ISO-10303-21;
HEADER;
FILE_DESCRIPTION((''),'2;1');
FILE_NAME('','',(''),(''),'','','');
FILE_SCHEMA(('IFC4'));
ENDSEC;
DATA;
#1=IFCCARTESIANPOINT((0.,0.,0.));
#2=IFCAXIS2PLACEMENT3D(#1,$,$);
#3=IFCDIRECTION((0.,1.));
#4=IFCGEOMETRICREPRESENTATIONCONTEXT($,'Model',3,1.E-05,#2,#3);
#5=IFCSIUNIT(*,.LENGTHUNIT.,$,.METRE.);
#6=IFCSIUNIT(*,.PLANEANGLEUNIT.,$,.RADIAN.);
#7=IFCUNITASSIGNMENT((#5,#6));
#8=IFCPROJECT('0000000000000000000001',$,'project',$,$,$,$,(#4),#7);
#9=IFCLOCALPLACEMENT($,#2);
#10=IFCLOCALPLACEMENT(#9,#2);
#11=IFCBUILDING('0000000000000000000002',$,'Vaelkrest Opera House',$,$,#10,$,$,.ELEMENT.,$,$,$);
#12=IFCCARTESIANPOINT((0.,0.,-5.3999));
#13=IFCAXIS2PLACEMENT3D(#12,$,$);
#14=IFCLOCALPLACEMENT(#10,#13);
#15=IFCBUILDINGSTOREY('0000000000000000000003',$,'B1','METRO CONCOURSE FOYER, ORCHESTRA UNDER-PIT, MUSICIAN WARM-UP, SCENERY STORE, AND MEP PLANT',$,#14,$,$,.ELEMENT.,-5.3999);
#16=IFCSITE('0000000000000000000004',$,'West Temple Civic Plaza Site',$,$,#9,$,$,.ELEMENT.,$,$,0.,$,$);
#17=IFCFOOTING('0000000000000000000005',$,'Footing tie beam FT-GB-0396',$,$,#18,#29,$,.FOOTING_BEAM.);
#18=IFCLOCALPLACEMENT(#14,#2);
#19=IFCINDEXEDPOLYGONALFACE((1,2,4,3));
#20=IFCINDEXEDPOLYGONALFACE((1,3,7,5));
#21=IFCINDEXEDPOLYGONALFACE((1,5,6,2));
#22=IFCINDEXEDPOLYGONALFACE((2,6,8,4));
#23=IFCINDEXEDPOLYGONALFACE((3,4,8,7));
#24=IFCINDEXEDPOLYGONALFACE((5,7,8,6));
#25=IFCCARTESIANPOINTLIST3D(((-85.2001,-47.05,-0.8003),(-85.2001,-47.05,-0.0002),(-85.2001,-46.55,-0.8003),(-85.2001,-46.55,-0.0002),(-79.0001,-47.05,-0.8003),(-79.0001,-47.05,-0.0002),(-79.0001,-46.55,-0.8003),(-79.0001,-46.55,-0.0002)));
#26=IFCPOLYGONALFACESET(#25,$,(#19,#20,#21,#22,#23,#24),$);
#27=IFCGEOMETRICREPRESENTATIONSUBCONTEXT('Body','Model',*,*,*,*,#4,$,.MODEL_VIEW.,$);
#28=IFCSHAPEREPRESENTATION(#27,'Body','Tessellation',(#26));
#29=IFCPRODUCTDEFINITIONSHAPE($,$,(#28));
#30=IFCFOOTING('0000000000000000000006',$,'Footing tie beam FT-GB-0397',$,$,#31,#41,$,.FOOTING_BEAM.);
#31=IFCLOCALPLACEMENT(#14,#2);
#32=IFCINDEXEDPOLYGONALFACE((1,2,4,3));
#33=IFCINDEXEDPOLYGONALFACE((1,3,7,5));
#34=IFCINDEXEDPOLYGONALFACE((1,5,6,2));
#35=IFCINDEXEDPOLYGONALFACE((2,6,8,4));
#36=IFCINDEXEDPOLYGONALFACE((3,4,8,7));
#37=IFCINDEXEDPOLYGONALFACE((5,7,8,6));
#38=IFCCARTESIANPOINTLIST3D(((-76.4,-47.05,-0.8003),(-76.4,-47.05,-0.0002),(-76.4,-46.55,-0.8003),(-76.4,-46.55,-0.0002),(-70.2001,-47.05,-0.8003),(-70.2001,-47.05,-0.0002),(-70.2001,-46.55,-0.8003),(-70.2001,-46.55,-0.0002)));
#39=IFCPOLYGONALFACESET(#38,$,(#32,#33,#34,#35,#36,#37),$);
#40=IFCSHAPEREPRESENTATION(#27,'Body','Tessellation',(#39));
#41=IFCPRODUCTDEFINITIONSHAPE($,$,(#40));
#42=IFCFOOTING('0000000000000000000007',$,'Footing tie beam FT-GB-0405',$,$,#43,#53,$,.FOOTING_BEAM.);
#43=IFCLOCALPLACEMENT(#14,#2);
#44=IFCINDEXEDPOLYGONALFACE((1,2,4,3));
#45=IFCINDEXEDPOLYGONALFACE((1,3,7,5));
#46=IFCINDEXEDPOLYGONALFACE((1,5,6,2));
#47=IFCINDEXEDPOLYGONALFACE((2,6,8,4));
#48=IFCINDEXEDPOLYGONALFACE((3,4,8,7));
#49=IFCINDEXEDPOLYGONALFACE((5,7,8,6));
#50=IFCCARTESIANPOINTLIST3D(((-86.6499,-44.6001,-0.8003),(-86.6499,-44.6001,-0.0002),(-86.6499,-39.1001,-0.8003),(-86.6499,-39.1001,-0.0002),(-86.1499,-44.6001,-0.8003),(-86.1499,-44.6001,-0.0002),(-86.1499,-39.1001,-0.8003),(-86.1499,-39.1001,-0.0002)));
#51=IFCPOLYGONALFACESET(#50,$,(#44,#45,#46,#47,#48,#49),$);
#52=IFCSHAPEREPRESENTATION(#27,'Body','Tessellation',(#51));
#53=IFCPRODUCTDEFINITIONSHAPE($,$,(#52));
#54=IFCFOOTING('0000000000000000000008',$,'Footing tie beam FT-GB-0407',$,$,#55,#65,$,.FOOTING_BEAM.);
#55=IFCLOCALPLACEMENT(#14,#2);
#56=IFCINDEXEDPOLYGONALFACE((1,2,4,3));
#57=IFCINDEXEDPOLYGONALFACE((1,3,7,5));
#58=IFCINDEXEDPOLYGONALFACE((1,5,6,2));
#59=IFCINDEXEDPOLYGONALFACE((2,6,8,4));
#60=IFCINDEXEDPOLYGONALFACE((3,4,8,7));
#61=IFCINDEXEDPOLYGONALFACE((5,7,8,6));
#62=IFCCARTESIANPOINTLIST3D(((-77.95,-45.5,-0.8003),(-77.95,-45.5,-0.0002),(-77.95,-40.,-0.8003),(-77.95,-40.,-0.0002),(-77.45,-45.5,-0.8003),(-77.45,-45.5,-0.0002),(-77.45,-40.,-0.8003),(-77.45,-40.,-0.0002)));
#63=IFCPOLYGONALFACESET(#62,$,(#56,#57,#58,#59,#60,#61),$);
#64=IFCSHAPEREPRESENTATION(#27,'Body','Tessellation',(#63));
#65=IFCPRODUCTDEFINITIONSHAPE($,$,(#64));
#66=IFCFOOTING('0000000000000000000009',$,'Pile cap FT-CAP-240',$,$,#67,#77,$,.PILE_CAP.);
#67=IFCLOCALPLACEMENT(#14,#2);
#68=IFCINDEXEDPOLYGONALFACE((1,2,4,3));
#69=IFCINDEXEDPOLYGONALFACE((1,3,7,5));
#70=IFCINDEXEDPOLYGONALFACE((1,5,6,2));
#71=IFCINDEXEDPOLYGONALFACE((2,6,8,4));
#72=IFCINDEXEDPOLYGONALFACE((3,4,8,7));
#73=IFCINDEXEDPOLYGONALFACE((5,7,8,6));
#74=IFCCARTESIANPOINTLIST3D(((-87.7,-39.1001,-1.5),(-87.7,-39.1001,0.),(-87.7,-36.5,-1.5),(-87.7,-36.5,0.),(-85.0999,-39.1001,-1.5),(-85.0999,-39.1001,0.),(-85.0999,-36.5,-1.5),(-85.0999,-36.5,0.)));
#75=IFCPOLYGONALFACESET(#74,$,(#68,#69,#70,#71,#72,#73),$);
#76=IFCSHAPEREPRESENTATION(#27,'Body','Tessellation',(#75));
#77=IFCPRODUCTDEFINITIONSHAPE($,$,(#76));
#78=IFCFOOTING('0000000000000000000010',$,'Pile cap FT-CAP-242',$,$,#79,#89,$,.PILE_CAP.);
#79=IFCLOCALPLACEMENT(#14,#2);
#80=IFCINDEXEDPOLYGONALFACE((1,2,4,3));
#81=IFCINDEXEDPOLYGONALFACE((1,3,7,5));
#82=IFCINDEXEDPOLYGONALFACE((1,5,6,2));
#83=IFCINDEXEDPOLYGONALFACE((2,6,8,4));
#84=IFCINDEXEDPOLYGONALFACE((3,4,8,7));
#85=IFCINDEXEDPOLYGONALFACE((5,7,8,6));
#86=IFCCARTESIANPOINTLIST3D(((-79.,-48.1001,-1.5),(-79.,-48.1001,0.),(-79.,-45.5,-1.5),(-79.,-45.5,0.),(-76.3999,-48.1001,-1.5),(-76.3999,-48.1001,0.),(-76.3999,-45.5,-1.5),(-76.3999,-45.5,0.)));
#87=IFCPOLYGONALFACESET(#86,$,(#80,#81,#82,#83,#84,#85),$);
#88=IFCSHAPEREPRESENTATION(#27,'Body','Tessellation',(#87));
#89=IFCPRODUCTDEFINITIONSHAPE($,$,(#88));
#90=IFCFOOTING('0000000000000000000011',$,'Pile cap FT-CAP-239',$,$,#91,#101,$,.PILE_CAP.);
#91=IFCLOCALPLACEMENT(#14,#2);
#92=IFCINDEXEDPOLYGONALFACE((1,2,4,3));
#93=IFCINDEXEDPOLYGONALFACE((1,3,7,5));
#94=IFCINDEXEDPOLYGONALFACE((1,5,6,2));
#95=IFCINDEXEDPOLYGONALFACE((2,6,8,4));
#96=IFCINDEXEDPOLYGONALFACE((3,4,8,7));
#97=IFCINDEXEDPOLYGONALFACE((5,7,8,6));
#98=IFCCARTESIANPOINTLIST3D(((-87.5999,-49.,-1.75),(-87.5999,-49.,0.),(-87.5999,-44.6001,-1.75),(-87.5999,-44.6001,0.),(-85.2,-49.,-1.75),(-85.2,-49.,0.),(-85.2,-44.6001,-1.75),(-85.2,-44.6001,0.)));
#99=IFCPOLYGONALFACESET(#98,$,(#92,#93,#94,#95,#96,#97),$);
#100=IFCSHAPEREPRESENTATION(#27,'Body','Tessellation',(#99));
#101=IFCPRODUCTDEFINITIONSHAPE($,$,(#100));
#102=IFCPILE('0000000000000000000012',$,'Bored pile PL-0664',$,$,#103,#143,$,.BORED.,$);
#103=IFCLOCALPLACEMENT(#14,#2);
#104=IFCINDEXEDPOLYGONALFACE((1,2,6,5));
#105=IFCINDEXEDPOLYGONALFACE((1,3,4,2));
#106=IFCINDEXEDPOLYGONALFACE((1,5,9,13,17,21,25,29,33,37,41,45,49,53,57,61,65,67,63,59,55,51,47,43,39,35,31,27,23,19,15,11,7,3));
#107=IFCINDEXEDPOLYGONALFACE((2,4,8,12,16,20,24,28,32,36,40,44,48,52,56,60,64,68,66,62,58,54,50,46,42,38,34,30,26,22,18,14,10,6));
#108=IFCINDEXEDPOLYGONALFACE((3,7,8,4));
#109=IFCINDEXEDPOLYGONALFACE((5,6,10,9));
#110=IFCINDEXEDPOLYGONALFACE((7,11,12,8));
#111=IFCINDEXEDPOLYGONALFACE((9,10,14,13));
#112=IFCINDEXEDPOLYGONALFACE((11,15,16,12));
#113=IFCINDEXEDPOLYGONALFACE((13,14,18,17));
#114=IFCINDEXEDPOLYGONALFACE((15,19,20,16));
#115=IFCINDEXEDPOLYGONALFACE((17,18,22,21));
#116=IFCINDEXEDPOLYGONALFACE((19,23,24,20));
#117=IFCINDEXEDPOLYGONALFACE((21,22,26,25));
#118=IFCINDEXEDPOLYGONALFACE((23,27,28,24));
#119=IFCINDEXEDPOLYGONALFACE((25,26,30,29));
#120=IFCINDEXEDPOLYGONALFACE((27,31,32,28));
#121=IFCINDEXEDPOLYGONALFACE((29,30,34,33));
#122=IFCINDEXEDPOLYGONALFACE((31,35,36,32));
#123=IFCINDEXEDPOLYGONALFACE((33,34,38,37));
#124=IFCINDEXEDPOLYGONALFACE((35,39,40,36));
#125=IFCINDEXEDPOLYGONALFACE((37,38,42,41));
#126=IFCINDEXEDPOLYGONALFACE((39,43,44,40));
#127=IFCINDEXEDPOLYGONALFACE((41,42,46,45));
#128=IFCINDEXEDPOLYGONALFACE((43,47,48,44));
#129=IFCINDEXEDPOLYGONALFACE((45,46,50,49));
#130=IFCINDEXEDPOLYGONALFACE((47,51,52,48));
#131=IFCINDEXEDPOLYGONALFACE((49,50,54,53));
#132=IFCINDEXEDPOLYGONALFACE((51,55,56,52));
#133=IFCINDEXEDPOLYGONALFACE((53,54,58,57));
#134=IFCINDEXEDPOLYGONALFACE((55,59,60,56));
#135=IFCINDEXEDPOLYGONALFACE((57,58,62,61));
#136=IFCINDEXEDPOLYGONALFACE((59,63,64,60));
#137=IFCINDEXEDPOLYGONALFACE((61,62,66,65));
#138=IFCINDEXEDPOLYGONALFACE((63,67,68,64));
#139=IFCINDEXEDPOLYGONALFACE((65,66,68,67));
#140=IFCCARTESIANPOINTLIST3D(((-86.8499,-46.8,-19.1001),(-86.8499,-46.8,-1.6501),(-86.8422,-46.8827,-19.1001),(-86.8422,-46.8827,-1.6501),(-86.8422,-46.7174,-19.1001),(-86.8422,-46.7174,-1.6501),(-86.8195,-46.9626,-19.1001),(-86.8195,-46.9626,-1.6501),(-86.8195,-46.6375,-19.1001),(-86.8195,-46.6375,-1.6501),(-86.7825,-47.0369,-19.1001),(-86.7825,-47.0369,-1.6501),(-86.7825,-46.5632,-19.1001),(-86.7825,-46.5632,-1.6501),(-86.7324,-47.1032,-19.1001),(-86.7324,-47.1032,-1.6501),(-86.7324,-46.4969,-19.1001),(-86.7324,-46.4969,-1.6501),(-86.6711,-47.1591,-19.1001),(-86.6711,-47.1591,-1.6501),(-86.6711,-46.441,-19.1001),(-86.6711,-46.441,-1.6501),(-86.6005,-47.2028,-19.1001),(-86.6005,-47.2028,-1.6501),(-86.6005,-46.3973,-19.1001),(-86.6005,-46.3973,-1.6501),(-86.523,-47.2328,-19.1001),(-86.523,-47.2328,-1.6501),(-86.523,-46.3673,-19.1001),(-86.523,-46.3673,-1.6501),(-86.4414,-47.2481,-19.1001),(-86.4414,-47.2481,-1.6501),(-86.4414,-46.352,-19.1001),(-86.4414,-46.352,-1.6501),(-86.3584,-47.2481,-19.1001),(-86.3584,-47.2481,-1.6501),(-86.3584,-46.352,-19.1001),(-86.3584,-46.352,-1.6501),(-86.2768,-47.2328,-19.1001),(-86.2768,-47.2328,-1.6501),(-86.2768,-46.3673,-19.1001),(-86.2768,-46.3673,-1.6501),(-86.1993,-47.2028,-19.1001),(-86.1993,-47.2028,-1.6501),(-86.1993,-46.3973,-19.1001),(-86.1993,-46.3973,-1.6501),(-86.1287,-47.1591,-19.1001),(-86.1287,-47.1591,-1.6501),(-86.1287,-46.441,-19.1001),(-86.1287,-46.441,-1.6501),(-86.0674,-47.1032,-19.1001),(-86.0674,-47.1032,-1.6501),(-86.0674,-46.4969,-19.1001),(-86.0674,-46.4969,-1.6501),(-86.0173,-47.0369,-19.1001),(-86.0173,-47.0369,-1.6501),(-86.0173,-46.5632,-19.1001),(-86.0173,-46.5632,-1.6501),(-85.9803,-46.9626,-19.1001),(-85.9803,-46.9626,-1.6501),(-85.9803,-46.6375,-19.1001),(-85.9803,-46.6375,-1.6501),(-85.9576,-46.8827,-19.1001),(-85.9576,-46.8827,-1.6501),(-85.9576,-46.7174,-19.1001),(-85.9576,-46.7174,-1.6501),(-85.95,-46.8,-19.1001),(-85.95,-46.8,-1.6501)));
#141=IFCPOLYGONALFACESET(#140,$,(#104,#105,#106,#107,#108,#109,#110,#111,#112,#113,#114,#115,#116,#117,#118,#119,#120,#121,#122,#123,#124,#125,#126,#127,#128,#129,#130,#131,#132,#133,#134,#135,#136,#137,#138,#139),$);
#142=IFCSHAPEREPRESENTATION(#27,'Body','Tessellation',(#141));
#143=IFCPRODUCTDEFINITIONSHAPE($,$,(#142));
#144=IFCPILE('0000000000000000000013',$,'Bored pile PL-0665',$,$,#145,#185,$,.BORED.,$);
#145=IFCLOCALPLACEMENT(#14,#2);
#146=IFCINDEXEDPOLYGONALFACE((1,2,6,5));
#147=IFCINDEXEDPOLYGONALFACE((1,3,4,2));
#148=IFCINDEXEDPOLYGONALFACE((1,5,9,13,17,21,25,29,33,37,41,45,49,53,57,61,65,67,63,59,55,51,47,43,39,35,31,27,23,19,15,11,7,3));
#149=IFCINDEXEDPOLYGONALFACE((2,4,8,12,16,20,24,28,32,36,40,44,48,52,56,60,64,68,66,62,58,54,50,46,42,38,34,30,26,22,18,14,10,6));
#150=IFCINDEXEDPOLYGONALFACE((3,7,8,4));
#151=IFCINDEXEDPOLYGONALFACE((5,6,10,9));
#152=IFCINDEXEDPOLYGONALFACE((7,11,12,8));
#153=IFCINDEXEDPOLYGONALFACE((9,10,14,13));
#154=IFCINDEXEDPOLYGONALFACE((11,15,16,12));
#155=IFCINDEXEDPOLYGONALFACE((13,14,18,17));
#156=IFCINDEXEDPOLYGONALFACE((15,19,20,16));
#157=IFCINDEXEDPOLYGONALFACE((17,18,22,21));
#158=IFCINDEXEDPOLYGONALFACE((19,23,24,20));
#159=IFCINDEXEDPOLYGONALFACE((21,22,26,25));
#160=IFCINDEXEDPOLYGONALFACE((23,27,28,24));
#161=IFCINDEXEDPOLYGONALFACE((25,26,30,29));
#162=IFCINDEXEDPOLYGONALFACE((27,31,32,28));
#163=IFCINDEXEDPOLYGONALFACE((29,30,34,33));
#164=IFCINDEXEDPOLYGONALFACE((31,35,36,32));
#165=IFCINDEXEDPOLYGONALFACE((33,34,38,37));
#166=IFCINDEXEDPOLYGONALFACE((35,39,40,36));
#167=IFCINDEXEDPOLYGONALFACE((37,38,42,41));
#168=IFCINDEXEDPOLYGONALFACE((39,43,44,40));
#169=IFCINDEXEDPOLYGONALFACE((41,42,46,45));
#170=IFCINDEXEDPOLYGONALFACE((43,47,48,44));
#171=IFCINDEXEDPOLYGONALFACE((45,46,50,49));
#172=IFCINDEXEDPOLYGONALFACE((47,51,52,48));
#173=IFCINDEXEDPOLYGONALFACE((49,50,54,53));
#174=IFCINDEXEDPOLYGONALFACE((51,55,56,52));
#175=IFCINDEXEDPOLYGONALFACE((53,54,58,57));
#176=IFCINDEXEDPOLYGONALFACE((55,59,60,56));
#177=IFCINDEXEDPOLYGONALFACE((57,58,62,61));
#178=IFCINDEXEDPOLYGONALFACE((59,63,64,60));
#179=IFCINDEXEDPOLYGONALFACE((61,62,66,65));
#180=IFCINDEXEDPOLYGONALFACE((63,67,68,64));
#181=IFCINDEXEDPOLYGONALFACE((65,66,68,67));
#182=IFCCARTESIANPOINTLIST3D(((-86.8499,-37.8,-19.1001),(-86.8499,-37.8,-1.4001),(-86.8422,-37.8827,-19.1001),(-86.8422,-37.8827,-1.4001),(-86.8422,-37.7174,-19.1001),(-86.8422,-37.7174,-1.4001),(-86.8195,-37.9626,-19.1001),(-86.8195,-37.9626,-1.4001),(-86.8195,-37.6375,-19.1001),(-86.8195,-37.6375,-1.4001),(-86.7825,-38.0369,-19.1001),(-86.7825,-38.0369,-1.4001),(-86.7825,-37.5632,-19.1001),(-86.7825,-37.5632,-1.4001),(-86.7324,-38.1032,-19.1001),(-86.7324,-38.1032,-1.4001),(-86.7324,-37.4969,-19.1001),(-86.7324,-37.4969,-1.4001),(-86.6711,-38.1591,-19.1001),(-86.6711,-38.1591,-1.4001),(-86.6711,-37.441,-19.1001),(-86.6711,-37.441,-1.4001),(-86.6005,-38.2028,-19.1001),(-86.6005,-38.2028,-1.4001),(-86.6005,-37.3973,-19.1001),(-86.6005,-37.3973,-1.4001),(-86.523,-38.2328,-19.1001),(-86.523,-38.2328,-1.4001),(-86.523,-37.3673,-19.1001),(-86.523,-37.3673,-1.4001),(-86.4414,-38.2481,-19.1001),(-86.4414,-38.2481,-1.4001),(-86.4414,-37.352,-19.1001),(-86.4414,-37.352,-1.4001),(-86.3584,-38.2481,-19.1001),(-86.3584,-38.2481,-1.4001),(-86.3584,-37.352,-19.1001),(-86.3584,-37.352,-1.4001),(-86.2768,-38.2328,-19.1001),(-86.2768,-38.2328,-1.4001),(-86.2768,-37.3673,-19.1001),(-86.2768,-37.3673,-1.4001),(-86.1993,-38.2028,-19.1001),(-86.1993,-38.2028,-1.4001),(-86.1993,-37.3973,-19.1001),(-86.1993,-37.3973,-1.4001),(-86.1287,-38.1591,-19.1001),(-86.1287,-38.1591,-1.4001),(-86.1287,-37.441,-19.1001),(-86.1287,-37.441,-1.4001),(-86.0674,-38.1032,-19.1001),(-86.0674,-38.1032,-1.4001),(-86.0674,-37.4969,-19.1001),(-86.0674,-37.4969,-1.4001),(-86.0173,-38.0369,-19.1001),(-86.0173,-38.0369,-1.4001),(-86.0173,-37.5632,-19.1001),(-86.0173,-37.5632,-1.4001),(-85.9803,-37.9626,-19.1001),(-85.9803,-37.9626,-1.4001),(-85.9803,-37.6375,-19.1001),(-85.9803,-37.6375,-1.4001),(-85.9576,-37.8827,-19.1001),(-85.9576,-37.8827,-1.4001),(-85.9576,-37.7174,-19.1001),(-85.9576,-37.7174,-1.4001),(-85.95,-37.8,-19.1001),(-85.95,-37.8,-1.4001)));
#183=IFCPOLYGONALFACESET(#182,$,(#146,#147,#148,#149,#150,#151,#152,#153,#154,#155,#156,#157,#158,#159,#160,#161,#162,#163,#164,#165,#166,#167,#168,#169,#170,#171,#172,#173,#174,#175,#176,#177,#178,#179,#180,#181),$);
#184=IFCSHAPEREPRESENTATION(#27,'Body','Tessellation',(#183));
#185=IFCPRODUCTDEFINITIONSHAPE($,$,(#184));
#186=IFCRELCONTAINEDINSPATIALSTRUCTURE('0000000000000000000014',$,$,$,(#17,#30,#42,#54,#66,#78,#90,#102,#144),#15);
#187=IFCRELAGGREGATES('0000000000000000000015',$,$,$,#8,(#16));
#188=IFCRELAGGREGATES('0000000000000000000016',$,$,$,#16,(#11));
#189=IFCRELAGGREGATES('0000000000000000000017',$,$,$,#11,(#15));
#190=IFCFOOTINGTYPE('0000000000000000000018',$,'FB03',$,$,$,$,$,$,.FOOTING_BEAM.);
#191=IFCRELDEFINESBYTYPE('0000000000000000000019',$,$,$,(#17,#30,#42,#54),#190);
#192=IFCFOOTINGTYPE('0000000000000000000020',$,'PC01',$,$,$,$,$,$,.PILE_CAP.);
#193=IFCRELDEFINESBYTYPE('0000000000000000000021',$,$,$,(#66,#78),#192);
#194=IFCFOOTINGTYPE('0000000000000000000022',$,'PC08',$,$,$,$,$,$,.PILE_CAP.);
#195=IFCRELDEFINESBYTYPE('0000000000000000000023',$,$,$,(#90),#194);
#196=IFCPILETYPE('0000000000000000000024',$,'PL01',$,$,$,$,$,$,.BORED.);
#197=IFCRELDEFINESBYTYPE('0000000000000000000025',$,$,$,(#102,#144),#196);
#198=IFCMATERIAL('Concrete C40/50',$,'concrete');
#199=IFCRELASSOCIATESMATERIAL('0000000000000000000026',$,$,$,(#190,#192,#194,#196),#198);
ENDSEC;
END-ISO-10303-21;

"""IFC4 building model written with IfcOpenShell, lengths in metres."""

from ifc_helpers import new_model, si_unit, direction, frame, origin, origin_2d, place, context, subcontext, project, spatial, rectangle, circle, extrude, material, material_profile, profile_set, type_object, element, save


model = new_model("IFC4")

# Units and contexts
model_context = context("Model", 3, precision=1e-05, world=origin(), true_north=direction((0.0, 1.0)))
body_context = subcontext(model_context, "Body", "Model", "MODEL_VIEW")
ifc_project = project(units=[si_unit("LENGTHUNIT", "METRE"), si_unit("PLANEANGLEUNIT", "RADIAN")], contexts=[model_context])

# Site, building, storey
site_placement = place(None, origin())
site = spatial("IfcSite", under=ifc_project, at=site_placement, Name="West Temple Civic Plaza Site", CompositionType="ELEMENT", RefElevation=0.0)
building_placement = place(site_placement, origin())
building = spatial("IfcBuilding", under=site, at=building_placement, Name="Vaelkrest Opera House", CompositionType="ELEMENT")
storey_placement = place(building_placement, frame((0.0, 0.0, -5.3999)))
storey = spatial("IfcBuildingStorey", under=building, at=storey_placement, Name="B1", Description="METRO CONCOURSE FOYER, ORCHESTRA UNDER-PIT, MUSICIAN WARM-UP, SCENERY STORE, AND MEP PLANT", CompositionType="ELEMENT", Elevation=-5.3999)

# Footings
ifc_material_1 = material(Name="Concrete C40/50", Category="concrete")
footing_type_1 = type_object("IfcFootingType", Name="FB03", PredefinedType="FOOTING_BEAM", material=ifc_material_1)
for number, where, z_axis, x_axis, name in (
    (1, (-82.1001, -46.8, -0.8003), (0.0, 0.0, 1.0), (1.0, 0.0, 0.0), "Footing tie beam FT-GB-0396"),
    (2, (-73.3, -46.8, -0.8003), (0.0, 0.0, 1.0), (1.0, 0.0, 0.0), "Footing tie beam FT-GB-0397"),
):
    element("IfcFooting", number, at=place(storey_placement, frame(where, z_axis=z_axis, x_axis=x_axis)), inside=storey, type_object=footing_type_1, Name=name, PredefinedType="FOOTING_BEAM", context=body_context, shape_type="SweptSolid", body=[
        extrude(rectangle(XDim=6.2, YDim=0.5, at=origin_2d()), origin(), (0.0, 0.0, 1.0), 0.8),
    ])
for number, where, z_axis, x_axis, name in (
    (3, (-86.3999, -41.8501, -0.8003), (0.0, 0.0, 1.0), (0.0, 1.0, 0.0), "Footing tie beam FT-GB-0405"),
    (4, (-77.7, -42.75, -0.8003), (0.0, 0.0, 1.0), (0.0, 1.0, 0.0), "Footing tie beam FT-GB-0407"),
):
    element("IfcFooting", number, at=place(storey_placement, frame(where, z_axis=z_axis, x_axis=x_axis)), inside=storey, type_object=footing_type_1, Name=name, PredefinedType="FOOTING_BEAM", context=body_context, shape_type="SweptSolid", body=[
        extrude(rectangle(XDim=5.5, YDim=0.5, at=origin_2d()), origin(), (0.0, 0.0, 1.0), 0.8),
    ])
footing_type_2 = type_object("IfcFootingType", Name="PC01", PredefinedType="PILE_CAP", material=ifc_material_1)
for number, where, z_axis, x_axis, name in (
    (5, (-86.3999, -37.8, -1.5), (0.0, 0.0, 1.0), (1.0, 0.0, 0.0), "Pile cap FT-CAP-240"),
    (6, (-77.7, -46.8, -1.5), (0.0, 0.0, 1.0), (1.0, 0.0, 0.0), "Pile cap FT-CAP-242"),
):
    element("IfcFooting", number, at=place(storey_placement, frame(where, z_axis=z_axis, x_axis=x_axis)), inside=storey, type_object=footing_type_2, Name=name, PredefinedType="PILE_CAP", context=body_context, shape_type="SweptSolid", body=[
        extrude(rectangle(XDim=2.6001, YDim=2.6001, at=origin_2d()), origin(), (0.0, 0.0, 1.0), 1.5),
    ])
footing_type_3 = type_object("IfcFootingType", Name="PC08", PredefinedType="PILE_CAP", material=ifc_material_1)
footing_placement = place(storey_placement, frame((-86.3999, -46.8, -1.75), z_axis=(0.0, 0.0, 1.0), x_axis=(1.0, 0.0, 0.0)))
element("IfcFooting", 7, at=footing_placement, inside=storey, type_object=footing_type_3, Name="Pile cap FT-CAP-239", PredefinedType="PILE_CAP", context=body_context, shape_type="SweptSolid", body=[
    extrude(rectangle(XDim=2.3999, YDim=4.3999, at=origin_2d()), origin(), (0.0, 0.0, 1.0), 1.75),
])

# Piles
ifc_material_profile_1 = material_profile(ifc_material_1, circle(Radius=0.45, at=origin_2d()), Name="PILE900")
ifc_profile_set_1 = profile_set([ifc_material_profile_1], Name="Concrete C40/50")
pile_type = type_object("IfcPileType", Name="PL01", PredefinedType="BORED", material=ifc_profile_set_1)
pile_placement = place(storey_placement, frame((-86.3999, -46.8, -1.6501), z_axis=(0.0, 0.0, -1.0), x_axis=(1.0, 0.0, 0.0)))
element("IfcPile", 8, at=pile_placement, inside=storey, type_object=pile_type, Name="Bored pile PL-0664", PredefinedType="BORED", context=body_context, shape_type="SweptSolid", body=[
    extrude(circle(Radius=0.45, at=origin_2d()), origin(), (0.0, 0.0, 1.0), 17.45),
])
for number, where, z_axis, x_axis, name in (
    (9, (-86.3999, -37.8, -1.4001), (0.0, 0.0, -1.0), (1.0, 0.0, 0.0), "Bored pile PL-0665"),
):
    element("IfcPile", number, at=place(storey_placement, frame(where, z_axis=z_axis, x_axis=x_axis)), inside=storey, type_object=pile_type, Name=name, PredefinedType="BORED", context=body_context, shape_type="SweptSolid", body=[
        extrude(circle(Radius=0.45, at=origin_2d()), origin(), (0.0, 0.0, 1.0), 17.7),
    ])

save(model, "model.ifc")
